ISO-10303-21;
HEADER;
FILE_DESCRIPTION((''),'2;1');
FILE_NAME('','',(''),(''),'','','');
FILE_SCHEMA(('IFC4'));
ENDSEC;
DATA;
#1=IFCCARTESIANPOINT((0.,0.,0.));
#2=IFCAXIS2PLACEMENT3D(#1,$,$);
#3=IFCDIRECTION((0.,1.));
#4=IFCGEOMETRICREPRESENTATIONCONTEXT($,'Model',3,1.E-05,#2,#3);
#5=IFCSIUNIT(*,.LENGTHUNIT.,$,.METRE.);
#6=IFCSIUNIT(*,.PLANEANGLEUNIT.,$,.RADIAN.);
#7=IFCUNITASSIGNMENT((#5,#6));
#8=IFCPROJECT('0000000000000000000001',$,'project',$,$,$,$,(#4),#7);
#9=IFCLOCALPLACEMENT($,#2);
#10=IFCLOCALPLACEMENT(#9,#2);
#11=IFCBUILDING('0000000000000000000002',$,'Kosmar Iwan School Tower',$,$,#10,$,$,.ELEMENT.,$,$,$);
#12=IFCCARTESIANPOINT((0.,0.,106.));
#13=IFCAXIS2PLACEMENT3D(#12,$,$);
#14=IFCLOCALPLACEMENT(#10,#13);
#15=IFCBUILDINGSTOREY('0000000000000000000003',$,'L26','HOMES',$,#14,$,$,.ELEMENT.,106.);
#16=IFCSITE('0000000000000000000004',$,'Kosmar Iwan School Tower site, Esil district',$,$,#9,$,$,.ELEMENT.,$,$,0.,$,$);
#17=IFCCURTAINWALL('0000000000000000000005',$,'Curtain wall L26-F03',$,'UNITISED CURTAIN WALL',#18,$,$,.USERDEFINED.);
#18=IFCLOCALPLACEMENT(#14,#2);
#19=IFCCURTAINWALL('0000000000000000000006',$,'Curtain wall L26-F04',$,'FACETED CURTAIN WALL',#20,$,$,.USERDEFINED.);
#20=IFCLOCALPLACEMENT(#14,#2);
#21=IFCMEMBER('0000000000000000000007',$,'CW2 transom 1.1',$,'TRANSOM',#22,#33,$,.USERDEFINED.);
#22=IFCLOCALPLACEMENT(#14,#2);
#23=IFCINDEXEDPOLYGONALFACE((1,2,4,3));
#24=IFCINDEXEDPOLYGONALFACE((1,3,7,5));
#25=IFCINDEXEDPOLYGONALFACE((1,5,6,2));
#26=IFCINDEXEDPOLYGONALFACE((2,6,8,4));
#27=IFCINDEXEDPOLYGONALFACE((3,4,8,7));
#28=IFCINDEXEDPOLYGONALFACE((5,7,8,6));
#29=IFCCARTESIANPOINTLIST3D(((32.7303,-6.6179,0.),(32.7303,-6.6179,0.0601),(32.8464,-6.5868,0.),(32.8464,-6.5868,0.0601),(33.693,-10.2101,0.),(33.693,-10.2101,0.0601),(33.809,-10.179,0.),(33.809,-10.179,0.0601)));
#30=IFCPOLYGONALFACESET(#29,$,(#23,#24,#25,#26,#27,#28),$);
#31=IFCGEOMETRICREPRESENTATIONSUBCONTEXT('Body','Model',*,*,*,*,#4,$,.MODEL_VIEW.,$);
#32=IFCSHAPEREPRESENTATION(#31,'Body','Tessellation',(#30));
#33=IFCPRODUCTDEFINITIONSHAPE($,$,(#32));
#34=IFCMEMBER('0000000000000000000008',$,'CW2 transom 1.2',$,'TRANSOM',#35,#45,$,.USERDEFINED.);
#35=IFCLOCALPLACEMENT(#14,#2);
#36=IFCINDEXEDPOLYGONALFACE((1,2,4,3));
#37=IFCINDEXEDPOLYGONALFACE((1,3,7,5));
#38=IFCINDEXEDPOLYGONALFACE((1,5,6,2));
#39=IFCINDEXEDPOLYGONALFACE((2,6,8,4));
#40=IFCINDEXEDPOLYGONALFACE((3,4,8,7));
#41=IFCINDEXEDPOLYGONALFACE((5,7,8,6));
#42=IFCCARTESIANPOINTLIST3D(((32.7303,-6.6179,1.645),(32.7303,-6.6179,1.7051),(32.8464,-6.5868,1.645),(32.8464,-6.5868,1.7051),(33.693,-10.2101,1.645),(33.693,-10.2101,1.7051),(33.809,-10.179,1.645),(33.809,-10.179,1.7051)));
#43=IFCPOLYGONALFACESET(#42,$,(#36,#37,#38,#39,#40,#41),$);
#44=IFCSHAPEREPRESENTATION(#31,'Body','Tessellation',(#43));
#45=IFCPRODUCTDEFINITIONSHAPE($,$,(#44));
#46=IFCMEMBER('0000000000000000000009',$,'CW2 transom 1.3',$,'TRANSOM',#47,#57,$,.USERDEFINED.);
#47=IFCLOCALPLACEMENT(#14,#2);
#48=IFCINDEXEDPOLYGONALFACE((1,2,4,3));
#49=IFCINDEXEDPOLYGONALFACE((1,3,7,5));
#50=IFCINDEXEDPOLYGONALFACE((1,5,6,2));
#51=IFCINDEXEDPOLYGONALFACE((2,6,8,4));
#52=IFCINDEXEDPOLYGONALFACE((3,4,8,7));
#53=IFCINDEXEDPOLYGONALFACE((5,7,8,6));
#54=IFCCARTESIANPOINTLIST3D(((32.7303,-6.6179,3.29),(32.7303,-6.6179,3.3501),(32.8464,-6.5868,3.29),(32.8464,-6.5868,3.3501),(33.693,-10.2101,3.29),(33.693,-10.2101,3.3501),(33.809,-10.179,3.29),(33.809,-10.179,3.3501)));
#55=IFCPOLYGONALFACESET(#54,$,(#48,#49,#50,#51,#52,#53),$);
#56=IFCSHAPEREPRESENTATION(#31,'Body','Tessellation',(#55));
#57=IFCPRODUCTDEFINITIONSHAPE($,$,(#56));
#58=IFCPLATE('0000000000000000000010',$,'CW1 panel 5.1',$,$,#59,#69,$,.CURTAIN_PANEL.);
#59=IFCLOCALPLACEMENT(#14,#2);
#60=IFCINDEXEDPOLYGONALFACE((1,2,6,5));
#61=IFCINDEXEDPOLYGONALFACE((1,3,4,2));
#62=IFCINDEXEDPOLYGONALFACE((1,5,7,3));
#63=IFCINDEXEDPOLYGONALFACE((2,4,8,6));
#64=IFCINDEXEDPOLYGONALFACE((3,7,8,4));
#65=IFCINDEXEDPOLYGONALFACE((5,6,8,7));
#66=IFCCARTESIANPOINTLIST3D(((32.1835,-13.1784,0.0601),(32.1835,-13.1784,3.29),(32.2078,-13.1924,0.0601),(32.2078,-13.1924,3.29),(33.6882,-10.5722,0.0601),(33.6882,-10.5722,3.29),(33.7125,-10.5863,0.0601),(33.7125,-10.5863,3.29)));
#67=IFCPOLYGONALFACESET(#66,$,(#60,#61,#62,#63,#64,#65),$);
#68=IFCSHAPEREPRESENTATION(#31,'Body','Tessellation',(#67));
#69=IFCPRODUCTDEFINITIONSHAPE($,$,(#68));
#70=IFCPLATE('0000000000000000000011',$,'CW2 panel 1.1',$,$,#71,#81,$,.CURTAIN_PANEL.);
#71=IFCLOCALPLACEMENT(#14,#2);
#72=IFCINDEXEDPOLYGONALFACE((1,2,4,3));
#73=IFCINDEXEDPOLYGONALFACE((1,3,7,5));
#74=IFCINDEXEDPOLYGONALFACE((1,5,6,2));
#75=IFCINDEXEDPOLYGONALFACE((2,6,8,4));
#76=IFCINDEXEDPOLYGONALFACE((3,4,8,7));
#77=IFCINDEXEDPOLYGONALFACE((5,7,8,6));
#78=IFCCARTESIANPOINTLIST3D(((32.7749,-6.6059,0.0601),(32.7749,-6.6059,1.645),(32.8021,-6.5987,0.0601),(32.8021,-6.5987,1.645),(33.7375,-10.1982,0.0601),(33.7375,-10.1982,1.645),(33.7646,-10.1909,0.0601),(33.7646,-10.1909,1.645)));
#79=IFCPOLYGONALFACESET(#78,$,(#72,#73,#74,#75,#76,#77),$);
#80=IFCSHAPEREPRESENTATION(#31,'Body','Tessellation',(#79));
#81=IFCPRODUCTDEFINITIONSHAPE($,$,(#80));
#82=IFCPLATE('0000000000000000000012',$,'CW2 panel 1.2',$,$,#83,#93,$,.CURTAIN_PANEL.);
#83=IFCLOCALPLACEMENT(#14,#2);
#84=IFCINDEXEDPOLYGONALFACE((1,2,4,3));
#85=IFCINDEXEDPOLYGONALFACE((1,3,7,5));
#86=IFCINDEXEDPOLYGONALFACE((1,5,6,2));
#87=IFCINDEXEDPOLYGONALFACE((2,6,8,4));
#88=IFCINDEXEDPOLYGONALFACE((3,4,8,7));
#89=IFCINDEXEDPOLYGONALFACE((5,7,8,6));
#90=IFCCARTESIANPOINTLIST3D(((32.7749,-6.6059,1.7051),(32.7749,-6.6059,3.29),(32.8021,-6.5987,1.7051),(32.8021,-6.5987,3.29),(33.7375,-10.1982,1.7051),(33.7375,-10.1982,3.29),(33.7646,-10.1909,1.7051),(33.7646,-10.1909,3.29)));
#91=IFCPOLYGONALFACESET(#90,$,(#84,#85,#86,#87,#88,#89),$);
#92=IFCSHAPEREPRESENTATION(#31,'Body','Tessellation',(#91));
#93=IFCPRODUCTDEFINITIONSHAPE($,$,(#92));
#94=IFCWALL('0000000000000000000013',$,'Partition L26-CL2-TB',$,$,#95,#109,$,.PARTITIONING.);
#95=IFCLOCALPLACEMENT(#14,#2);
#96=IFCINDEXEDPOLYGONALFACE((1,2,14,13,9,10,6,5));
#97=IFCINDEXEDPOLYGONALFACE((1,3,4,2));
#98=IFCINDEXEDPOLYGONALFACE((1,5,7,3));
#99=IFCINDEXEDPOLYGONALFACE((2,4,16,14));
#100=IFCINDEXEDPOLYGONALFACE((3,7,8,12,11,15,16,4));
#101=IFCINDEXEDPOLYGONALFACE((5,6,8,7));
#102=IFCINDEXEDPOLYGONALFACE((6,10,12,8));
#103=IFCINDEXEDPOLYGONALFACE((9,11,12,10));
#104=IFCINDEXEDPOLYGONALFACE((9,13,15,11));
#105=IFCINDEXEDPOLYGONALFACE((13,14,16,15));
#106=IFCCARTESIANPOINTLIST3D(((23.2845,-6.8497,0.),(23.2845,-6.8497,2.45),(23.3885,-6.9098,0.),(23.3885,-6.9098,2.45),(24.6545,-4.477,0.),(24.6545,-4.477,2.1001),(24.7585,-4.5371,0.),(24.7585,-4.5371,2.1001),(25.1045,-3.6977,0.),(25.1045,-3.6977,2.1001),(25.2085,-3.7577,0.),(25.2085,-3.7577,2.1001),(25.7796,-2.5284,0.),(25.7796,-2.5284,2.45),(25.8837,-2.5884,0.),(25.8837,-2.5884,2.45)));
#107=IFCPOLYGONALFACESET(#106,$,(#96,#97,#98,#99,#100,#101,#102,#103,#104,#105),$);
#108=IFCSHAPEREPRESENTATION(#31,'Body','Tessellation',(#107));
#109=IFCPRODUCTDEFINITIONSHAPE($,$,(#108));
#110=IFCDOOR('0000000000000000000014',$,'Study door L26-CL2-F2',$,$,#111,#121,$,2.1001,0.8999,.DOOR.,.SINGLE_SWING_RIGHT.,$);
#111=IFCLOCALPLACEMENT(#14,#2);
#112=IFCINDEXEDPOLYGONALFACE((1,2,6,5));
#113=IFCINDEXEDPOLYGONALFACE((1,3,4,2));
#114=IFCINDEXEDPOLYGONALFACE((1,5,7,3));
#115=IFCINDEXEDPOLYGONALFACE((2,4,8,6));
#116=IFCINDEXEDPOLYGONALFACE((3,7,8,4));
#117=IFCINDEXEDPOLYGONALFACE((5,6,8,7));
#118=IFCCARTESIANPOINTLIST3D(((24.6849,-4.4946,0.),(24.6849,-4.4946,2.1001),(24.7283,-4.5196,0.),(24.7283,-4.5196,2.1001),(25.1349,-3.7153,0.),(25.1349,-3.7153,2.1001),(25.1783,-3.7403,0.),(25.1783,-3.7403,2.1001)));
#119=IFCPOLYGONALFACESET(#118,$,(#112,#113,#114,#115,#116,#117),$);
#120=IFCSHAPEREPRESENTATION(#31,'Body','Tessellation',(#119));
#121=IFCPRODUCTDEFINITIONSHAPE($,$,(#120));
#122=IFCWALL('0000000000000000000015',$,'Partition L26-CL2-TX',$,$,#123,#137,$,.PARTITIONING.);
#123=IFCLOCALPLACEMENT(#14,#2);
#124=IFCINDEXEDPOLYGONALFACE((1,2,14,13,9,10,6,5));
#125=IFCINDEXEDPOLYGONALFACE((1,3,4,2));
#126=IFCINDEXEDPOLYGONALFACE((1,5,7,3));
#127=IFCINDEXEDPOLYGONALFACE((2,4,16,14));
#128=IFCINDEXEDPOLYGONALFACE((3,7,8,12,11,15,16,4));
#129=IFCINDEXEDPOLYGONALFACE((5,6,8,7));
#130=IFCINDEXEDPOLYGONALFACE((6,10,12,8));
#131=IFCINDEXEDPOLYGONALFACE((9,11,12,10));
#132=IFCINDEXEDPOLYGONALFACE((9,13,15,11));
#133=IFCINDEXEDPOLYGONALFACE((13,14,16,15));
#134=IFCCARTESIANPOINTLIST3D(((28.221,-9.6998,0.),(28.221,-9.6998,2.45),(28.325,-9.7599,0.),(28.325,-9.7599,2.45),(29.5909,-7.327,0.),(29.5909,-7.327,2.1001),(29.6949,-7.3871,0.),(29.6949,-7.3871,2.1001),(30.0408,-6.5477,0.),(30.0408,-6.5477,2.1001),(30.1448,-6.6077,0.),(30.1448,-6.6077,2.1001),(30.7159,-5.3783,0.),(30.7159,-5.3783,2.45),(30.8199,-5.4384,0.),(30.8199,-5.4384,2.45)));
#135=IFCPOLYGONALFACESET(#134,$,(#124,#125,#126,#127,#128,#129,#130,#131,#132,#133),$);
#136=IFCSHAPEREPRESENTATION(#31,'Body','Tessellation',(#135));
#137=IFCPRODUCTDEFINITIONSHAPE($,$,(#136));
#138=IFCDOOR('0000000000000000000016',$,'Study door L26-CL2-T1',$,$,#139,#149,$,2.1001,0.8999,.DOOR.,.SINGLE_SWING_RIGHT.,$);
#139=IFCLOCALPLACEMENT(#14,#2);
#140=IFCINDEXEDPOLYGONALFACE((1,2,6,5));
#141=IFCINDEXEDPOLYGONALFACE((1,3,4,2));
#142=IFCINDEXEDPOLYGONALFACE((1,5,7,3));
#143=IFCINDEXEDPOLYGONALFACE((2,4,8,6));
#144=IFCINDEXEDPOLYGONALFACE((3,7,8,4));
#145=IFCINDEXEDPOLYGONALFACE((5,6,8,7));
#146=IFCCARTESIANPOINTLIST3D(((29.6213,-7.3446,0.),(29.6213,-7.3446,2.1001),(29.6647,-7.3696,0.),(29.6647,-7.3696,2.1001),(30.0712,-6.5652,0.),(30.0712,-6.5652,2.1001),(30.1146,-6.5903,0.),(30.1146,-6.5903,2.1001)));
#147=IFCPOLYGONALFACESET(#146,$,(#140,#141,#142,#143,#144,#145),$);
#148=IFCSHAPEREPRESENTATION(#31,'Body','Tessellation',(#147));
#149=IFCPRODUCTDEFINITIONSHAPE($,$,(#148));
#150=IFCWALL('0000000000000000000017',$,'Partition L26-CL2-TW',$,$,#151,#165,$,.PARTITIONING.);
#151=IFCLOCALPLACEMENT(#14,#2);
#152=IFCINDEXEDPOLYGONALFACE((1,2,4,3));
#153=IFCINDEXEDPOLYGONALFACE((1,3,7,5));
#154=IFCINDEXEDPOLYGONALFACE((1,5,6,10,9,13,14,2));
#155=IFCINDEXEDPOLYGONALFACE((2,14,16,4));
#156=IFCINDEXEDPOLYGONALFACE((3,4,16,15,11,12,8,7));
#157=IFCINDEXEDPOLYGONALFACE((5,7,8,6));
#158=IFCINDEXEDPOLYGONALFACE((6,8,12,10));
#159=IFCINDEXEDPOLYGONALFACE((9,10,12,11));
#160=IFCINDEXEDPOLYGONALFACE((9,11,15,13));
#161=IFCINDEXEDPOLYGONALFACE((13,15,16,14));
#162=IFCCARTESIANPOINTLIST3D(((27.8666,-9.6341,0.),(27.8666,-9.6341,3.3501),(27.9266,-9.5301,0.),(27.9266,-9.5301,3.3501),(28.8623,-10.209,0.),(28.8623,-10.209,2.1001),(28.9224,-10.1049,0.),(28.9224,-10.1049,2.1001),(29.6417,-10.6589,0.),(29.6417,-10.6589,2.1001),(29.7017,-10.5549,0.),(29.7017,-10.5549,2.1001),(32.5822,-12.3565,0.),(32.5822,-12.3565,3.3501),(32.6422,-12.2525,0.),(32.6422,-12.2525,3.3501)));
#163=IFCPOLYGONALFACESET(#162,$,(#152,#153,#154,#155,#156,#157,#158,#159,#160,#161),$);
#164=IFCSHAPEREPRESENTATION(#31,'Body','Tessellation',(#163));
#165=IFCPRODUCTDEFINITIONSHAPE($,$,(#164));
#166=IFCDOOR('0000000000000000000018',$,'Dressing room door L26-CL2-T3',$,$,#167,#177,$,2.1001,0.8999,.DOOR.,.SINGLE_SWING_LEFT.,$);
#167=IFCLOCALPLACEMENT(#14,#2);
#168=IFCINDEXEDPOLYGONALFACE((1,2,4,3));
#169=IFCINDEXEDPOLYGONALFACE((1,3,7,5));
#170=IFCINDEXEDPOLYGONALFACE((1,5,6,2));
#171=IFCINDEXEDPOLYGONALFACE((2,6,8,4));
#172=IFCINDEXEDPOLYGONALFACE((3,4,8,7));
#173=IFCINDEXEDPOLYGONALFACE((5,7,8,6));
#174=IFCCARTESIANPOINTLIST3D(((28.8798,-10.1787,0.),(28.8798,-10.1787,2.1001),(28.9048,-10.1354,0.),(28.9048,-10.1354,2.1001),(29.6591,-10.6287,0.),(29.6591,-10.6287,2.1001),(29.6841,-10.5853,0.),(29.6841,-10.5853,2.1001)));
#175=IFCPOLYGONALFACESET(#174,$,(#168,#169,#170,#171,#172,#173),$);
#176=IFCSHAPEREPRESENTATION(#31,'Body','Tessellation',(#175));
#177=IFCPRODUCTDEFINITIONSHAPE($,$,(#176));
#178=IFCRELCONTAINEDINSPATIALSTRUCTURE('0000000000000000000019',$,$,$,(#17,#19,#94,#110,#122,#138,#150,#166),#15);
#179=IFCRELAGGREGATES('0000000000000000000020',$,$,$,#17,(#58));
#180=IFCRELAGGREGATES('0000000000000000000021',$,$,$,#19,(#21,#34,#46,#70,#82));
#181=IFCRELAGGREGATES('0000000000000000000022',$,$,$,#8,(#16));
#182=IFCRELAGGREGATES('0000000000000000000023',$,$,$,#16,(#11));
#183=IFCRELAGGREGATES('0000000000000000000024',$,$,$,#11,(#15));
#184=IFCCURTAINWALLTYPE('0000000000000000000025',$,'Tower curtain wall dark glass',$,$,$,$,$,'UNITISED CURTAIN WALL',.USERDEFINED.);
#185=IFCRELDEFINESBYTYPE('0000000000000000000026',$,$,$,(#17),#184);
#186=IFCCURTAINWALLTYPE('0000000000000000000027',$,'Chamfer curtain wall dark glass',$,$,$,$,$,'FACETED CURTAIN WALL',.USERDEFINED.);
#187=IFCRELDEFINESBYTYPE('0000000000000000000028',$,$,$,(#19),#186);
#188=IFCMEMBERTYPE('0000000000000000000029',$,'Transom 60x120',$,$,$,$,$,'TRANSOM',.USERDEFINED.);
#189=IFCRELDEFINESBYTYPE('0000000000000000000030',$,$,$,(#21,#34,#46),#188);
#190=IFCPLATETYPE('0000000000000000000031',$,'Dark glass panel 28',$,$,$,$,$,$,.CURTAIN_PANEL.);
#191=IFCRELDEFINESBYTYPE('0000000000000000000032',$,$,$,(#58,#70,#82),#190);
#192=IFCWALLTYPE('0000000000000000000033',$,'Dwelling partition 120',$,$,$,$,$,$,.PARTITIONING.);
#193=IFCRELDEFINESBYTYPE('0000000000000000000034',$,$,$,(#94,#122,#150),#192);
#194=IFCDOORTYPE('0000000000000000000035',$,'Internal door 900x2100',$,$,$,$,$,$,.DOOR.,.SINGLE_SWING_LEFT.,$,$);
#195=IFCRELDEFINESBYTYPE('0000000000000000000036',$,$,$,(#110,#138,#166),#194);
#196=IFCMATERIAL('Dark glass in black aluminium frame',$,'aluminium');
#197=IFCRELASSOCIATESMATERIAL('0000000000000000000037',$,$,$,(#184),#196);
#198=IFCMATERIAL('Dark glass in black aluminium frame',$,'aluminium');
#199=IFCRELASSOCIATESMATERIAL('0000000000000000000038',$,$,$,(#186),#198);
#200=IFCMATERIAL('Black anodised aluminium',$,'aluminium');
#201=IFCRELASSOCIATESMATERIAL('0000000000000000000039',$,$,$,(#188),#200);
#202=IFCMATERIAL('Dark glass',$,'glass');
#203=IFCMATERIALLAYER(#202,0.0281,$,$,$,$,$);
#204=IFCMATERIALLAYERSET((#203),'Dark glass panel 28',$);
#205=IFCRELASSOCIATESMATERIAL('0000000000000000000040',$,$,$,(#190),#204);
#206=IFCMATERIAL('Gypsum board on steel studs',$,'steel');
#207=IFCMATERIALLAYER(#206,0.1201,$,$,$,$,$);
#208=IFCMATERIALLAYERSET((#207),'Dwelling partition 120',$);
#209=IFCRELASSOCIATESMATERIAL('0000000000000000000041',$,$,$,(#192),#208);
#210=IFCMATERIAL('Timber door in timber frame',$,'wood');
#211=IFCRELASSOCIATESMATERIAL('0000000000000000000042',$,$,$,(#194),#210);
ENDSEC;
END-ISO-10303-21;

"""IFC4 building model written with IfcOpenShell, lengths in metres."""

from ifc_helpers import new_model, si_unit, direction, frame, frame_2d, origin, origin_2d, place, context, subcontext, project, spatial, rectangle, extrude, material, layer, layer_set, material_profile, profile_set, type_object, element, fill, aggregate, save


model = new_model("IFC4")

# Units and contexts
model_context = context("Model", 3, precision=1e-05, world=origin(), true_north=direction((0.0, 1.0)))
body_context = subcontext(model_context, "Body", "Model", "MODEL_VIEW")
ifc_project = project(units=[si_unit("LENGTHUNIT", "METRE"), si_unit("PLANEANGLEUNIT", "RADIAN")], contexts=[model_context])

# Site, building, storey
site_placement = place(None, origin())
site = spatial("IfcSite", under=ifc_project, at=site_placement, Name="Kosmar Iwan School Tower site, Esil district", CompositionType="ELEMENT", RefElevation=0.0)
building_placement = place(site_placement, origin())
building = spatial("IfcBuilding", under=site, at=building_placement, Name="Kosmar Iwan School Tower", CompositionType="ELEMENT")
storey_placement = place(building_placement, frame((0.0, 0.0, 106.0)))
storey = spatial("IfcBuildingStorey", under=building, at=storey_placement, Name="L26", Description="HOMES", CompositionType="ELEMENT", Elevation=106.0)

# Curtain wall
ifc_material_1 = material(Name="Dark glass in black aluminium frame", Category="aluminium")
curtain_wall_type_1 = type_object("IfcCurtainWallType", Name="Tower curtain wall dark glass", ElementType="UNITISED CURTAIN WALL", PredefinedType="USERDEFINED", material=ifc_material_1)
curtain_wall_1_placement = place(storey_placement, origin())
curtain_wall_1 = element("IfcCurtainWall", 1, at=curtain_wall_1_placement, inside=storey, type_object=curtain_wall_type_1, Name="Curtain wall L26-F03", ObjectType="UNITISED CURTAIN WALL", PredefinedType="USERDEFINED")

# Curtain wall
ifc_material_2 = material(Name="Dark glass in black aluminium frame", Category="aluminium")
curtain_wall_type_2 = type_object("IfcCurtainWallType", Name="Chamfer curtain wall dark glass", ElementType="FACETED CURTAIN WALL", PredefinedType="USERDEFINED", material=ifc_material_2)
curtain_wall_2_placement = place(storey_placement, origin())
curtain_wall_2 = element("IfcCurtainWall", 2, at=curtain_wall_2_placement, inside=storey, type_object=curtain_wall_type_2, Name="Curtain wall L26-F04", ObjectType="FACETED CURTAIN WALL", PredefinedType="USERDEFINED")

# Members
ifc_material_3 = material(Name="Black anodised aluminium", Category="aluminium")
ifc_material_profile_1 = material_profile(ifc_material_3, rectangle(XDim=0.1201, YDim=0.0601, at=origin_2d()), Name="TRANSOM 60x120")
ifc_profile_set_1 = profile_set([ifc_material_profile_1], Name="Black anodised aluminium")
member_type_1 = type_object("IfcMemberType", Name="Transom 60x120", ElementType="TRANSOM", PredefinedType="USERDEFINED", material=ifc_profile_set_1)
member_1_placement = place(storey_placement, frame((33.751, -10.1946, 0.03), z_axis=(-0.258843, 0.965919, 0.0), x_axis=(-0.965919, -0.258843, 0.0)))
member_1 = element("IfcMember", 3, at=member_1_placement, type_object=member_type_1, Name="CW2 transom 1.1", ObjectType="TRANSOM", PredefinedType="USERDEFINED", context=body_context, shape_type="SweptSolid", body=[
    extrude(rectangle(XDim=0.1201, YDim=0.0601, at=origin_2d()), origin(), (0.0, 0.0, 1.0), 3.719),
])
member_2_placement = place(storey_placement, frame((33.751, -10.1946, 1.675), z_axis=(-0.258843, 0.965919, 0.0), x_axis=(-0.965919, -0.258843, 0.0)))
member_2 = element("IfcMember", 4, at=member_2_placement, type_object=member_type_1, Name="CW2 transom 1.2", ObjectType="TRANSOM", PredefinedType="USERDEFINED", context=body_context, shape_type="SweptSolid", body=[
    extrude(rectangle(XDim=0.1201, YDim=0.0601, at=origin_2d()), origin(), (0.0, 0.0, 1.0), 3.719),
])
member_3_placement = place(storey_placement, frame((33.751, -10.1946, 3.3201), z_axis=(-0.258843, 0.965919, 0.0), x_axis=(-0.965919, -0.258843, 0.0)))
member_3 = element("IfcMember", 5, at=member_3_placement, type_object=member_type_1, Name="CW2 transom 1.3", ObjectType="TRANSOM", PredefinedType="USERDEFINED", context=body_context, shape_type="SweptSolid", body=[
    extrude(rectangle(XDim=0.1201, YDim=0.0601, at=origin_2d()), origin(), (0.0, 0.0, 1.0), 3.719),
])

# Plates
ifc_material_4 = material(Name="Dark glass", Category="glass")
ifc_layer_1 = layer(ifc_material_4, 0.0281)
ifc_layer_set_1 = layer_set([ifc_layer_1], Name="Dark glass panel 28")
plate_type = type_object("IfcPlateType", Name="Dark glass panel 28", PredefinedType="CURTAIN_PANEL", material=ifc_layer_set_1)
plate_1_placement = place(storey_placement, frame((32.948, -11.8823, 0.0601), z_axis=(0.0, 0.0, 1.0), x_axis=(0.5, 0.866025, 0.0)))
plate_1 = element("IfcPlate", 6, at=plate_1_placement, type_object=plate_type, Name="CW1 panel 5.1", PredefinedType="CURTAIN_PANEL", context=body_context, shape_type="SweptSolid", body=[
    extrude(rectangle(XDim=3.0093, YDim=0.0281, at=origin_2d()), origin(), (0.0, 0.0, 1.0), 3.23),
])
aggregate(curtain_wall_1, [plate_1])
plate_2_placement = place(storey_placement, frame((33.2698, -8.3984, 0.0601), z_axis=(0.0, 0.0, 1.0), x_axis=(-0.258819, 0.965926, 0.0)))
plate_2 = element("IfcPlate", 7, at=plate_2_placement, type_object=plate_type, Name="CW2 panel 1.1", PredefinedType="CURTAIN_PANEL", context=body_context, shape_type="SweptSolid", body=[
    extrude(rectangle(XDim=3.719, YDim=0.0281, at=origin_2d()), origin(), (0.0, 0.0, 1.0), 1.585),
])
plate_3_placement = place(storey_placement, frame((33.2698, -8.3984, 1.7051), z_axis=(0.0, 0.0, 1.0), x_axis=(-0.258819, 0.965926, 0.0)))
plate_3 = element("IfcPlate", 8, at=plate_3_placement, type_object=plate_type, Name="CW2 panel 1.2", PredefinedType="CURTAIN_PANEL", context=body_context, shape_type="SweptSolid", body=[
    extrude(rectangle(XDim=3.719, YDim=0.0281, at=origin_2d()), origin(), (0.0, 0.0, 1.0), 1.585),
])
aggregate(curtain_wall_2, [member_1, member_2, member_3, plate_2, plate_3])

# Walls, openings, doors
ifc_material_5 = material(Name="Gypsum board on steel studs", Category="steel")
ifc_layer_2 = layer(ifc_material_5, 0.1201)
ifc_layer_set_2 = layer_set([ifc_layer_2], Name="Dwelling partition 120")
wall_type_1 = type_object("IfcWallType", Name="Dwelling partition 120", PredefinedType="PARTITIONING", material=ifc_layer_set_2)
wall_1_placement = place(storey_placement, frame((23.3364, -6.8799, 0.0), z_axis=(0.0, 0.0, 1.0), x_axis=(0.500033, 0.866006, 0.0)))
wall_1 = element("IfcWall", 9, at=wall_1_placement, inside=storey, type_object=wall_type_1, Name="Partition L26-CL2-TB", PredefinedType="PARTITIONING", context=body_context, shape_type="SweptSolid", body=[
    extrude(rectangle(XDim=4.99, YDim=0.1201, at=frame_2d((2.4951, 0.0))), origin(), (0.0, 0.0, 1.0), 2.45),
])
opening_1_placement = place(wall_1_placement, frame((2.74, 0.0, 0.0)))
opening_1 = element("IfcOpeningElement", 10, at=opening_1_placement, cuts=wall_1, PredefinedType="OPENING", context=body_context, shape_type="SweptSolid", body=[
    extrude(rectangle(XDim=0.8999, YDim=2.1001, at=frame_2d((0.45, 1.05))), frame((0.0, 0.072, 0.0), z_axis=(0.0, -1.0, 0.0), x_axis=(1.0, 0.0, 0.0)), (0.0, 0.0, 1.0), 0.144),
])
ifc_material_6 = material(Name="Timber door in timber frame", Category="wood")
door_type = type_object("IfcDoorType", Name="Internal door 900x2100", OperationType="SINGLE_SWING_LEFT", PredefinedType="DOOR", material=ifc_material_6)
door_1_placement = place(opening_1_placement, origin())
door_1 = element("IfcDoor", 11, at=door_1_placement, inside=storey, type_object=door_type, Name="Study door L26-CL2-F2", OperationType="SINGLE_SWING_RIGHT", OverallHeight=2.1001, OverallWidth=0.8999, PredefinedType="DOOR", context=body_context, shape_type="SweptSolid", body=[
    extrude(rectangle(XDim=0.8999, YDim=2.1001, at=frame_2d((0.45, 1.05))), frame((0.0, 0.0249, 0.0), z_axis=(0.0, -1.0, 0.0), x_axis=(1.0, 0.0, 0.0)), (0.0, 0.0, 1.0), 0.05),
])
fill(opening_1, door_1)
wall_2_placement = place(storey_placement, frame((28.2729, -9.73, 0.0), z_axis=(0.0, 0.0, 1.0), x_axis=(0.499975, 0.86604, 0.0)))
wall_2 = element("IfcWall", 12, at=wall_2_placement, inside=storey, type_object=wall_type_1, Name="Partition L26-CL2-TX", PredefinedType="PARTITIONING", context=body_context, shape_type="SweptSolid", body=[
    extrude(rectangle(XDim=4.99, YDim=0.1201, at=frame_2d((2.4951, 0.0))), origin(), (0.0, 0.0, 1.0), 2.45),
])
opening_2_placement = place(wall_2_placement, frame((2.74, 0.0, 0.0)))
opening_2 = element("IfcOpeningElement", 13, at=opening_2_placement, cuts=wall_2, PredefinedType="OPENING", context=body_context, shape_type="SweptSolid", body=[
    extrude(rectangle(XDim=0.8999, YDim=2.1001, at=frame_2d((0.45, 1.05))), frame((0.0, 0.072, 0.0), z_axis=(0.0, -1.0, 0.0), x_axis=(1.0, 0.0, 0.0)), (0.0, 0.0, 1.0), 0.144),
])
door_2_placement = place(opening_2_placement, origin())
door_2 = element("IfcDoor", 14, at=door_2_placement, inside=storey, type_object=door_type, Name="Study door L26-CL2-T1", OperationType="SINGLE_SWING_RIGHT", OverallHeight=2.1001, OverallWidth=0.8999, PredefinedType="DOOR", context=body_context, shape_type="SweptSolid", body=[
    extrude(rectangle(XDim=0.8999, YDim=2.1001, at=frame_2d((0.45, 1.05))), frame((0.0, 0.0249, 0.0), z_axis=(0.0, -1.0, 0.0), x_axis=(1.0, 0.0, 0.0)), (0.0, 0.0, 1.0), 0.05),
])
fill(opening_2, door_2)
wall_3_placement = place(storey_placement, frame((27.8965, -9.582, 0.0), z_axis=(0.0, 0.0, 1.0), x_axis=(0.866036, -0.499982, 0.0)))
wall_3 = element("IfcWall", 15, at=wall_3_placement, inside=storey, type_object=wall_type_1, Name="Partition L26-CL2-TW", PredefinedType="PARTITIONING", context=body_context, shape_type="SweptSolid", body=[
    extrude(rectangle(XDim=5.4451, YDim=0.1201, at=frame_2d((2.7227, 0.0))), origin(), (0.0, 0.0, 1.0), 3.3501),
])
opening_3_placement = place(wall_3_placement, frame((1.1499, 0.0, 0.0)))
opening_3 = element("IfcOpeningElement", 16, at=opening_3_placement, cuts=wall_3, PredefinedType="OPENING", context=body_context, shape_type="SweptSolid", body=[
    extrude(rectangle(XDim=0.8999, YDim=2.1001, at=frame_2d((0.45, 1.05))), frame((0.0, 0.072, 0.0), z_axis=(0.0, -1.0, 0.0), x_axis=(1.0, 0.0, 0.0)), (0.0, 0.0, 1.0), 0.144),
])
door_3_placement = place(opening_3_placement, origin())
door_3 = element("IfcDoor", 17, at=door_3_placement, inside=storey, type_object=door_type, Name="Dressing room door L26-CL2-T3", OperationType="SINGLE_SWING_LEFT", OverallHeight=2.1001, OverallWidth=0.8999, PredefinedType="DOOR", context=body_context, shape_type="SweptSolid", body=[
    extrude(rectangle(XDim=0.8999, YDim=2.1001, at=frame_2d((0.45, 1.05))), frame((0.0, 0.0249, 0.0), z_axis=(0.0, -1.0, 0.0), x_axis=(1.0, 0.0, 0.0)), (0.0, 0.0, 1.0), 0.05),
])
fill(opening_3, door_3)

save(model, "model.ifc")
